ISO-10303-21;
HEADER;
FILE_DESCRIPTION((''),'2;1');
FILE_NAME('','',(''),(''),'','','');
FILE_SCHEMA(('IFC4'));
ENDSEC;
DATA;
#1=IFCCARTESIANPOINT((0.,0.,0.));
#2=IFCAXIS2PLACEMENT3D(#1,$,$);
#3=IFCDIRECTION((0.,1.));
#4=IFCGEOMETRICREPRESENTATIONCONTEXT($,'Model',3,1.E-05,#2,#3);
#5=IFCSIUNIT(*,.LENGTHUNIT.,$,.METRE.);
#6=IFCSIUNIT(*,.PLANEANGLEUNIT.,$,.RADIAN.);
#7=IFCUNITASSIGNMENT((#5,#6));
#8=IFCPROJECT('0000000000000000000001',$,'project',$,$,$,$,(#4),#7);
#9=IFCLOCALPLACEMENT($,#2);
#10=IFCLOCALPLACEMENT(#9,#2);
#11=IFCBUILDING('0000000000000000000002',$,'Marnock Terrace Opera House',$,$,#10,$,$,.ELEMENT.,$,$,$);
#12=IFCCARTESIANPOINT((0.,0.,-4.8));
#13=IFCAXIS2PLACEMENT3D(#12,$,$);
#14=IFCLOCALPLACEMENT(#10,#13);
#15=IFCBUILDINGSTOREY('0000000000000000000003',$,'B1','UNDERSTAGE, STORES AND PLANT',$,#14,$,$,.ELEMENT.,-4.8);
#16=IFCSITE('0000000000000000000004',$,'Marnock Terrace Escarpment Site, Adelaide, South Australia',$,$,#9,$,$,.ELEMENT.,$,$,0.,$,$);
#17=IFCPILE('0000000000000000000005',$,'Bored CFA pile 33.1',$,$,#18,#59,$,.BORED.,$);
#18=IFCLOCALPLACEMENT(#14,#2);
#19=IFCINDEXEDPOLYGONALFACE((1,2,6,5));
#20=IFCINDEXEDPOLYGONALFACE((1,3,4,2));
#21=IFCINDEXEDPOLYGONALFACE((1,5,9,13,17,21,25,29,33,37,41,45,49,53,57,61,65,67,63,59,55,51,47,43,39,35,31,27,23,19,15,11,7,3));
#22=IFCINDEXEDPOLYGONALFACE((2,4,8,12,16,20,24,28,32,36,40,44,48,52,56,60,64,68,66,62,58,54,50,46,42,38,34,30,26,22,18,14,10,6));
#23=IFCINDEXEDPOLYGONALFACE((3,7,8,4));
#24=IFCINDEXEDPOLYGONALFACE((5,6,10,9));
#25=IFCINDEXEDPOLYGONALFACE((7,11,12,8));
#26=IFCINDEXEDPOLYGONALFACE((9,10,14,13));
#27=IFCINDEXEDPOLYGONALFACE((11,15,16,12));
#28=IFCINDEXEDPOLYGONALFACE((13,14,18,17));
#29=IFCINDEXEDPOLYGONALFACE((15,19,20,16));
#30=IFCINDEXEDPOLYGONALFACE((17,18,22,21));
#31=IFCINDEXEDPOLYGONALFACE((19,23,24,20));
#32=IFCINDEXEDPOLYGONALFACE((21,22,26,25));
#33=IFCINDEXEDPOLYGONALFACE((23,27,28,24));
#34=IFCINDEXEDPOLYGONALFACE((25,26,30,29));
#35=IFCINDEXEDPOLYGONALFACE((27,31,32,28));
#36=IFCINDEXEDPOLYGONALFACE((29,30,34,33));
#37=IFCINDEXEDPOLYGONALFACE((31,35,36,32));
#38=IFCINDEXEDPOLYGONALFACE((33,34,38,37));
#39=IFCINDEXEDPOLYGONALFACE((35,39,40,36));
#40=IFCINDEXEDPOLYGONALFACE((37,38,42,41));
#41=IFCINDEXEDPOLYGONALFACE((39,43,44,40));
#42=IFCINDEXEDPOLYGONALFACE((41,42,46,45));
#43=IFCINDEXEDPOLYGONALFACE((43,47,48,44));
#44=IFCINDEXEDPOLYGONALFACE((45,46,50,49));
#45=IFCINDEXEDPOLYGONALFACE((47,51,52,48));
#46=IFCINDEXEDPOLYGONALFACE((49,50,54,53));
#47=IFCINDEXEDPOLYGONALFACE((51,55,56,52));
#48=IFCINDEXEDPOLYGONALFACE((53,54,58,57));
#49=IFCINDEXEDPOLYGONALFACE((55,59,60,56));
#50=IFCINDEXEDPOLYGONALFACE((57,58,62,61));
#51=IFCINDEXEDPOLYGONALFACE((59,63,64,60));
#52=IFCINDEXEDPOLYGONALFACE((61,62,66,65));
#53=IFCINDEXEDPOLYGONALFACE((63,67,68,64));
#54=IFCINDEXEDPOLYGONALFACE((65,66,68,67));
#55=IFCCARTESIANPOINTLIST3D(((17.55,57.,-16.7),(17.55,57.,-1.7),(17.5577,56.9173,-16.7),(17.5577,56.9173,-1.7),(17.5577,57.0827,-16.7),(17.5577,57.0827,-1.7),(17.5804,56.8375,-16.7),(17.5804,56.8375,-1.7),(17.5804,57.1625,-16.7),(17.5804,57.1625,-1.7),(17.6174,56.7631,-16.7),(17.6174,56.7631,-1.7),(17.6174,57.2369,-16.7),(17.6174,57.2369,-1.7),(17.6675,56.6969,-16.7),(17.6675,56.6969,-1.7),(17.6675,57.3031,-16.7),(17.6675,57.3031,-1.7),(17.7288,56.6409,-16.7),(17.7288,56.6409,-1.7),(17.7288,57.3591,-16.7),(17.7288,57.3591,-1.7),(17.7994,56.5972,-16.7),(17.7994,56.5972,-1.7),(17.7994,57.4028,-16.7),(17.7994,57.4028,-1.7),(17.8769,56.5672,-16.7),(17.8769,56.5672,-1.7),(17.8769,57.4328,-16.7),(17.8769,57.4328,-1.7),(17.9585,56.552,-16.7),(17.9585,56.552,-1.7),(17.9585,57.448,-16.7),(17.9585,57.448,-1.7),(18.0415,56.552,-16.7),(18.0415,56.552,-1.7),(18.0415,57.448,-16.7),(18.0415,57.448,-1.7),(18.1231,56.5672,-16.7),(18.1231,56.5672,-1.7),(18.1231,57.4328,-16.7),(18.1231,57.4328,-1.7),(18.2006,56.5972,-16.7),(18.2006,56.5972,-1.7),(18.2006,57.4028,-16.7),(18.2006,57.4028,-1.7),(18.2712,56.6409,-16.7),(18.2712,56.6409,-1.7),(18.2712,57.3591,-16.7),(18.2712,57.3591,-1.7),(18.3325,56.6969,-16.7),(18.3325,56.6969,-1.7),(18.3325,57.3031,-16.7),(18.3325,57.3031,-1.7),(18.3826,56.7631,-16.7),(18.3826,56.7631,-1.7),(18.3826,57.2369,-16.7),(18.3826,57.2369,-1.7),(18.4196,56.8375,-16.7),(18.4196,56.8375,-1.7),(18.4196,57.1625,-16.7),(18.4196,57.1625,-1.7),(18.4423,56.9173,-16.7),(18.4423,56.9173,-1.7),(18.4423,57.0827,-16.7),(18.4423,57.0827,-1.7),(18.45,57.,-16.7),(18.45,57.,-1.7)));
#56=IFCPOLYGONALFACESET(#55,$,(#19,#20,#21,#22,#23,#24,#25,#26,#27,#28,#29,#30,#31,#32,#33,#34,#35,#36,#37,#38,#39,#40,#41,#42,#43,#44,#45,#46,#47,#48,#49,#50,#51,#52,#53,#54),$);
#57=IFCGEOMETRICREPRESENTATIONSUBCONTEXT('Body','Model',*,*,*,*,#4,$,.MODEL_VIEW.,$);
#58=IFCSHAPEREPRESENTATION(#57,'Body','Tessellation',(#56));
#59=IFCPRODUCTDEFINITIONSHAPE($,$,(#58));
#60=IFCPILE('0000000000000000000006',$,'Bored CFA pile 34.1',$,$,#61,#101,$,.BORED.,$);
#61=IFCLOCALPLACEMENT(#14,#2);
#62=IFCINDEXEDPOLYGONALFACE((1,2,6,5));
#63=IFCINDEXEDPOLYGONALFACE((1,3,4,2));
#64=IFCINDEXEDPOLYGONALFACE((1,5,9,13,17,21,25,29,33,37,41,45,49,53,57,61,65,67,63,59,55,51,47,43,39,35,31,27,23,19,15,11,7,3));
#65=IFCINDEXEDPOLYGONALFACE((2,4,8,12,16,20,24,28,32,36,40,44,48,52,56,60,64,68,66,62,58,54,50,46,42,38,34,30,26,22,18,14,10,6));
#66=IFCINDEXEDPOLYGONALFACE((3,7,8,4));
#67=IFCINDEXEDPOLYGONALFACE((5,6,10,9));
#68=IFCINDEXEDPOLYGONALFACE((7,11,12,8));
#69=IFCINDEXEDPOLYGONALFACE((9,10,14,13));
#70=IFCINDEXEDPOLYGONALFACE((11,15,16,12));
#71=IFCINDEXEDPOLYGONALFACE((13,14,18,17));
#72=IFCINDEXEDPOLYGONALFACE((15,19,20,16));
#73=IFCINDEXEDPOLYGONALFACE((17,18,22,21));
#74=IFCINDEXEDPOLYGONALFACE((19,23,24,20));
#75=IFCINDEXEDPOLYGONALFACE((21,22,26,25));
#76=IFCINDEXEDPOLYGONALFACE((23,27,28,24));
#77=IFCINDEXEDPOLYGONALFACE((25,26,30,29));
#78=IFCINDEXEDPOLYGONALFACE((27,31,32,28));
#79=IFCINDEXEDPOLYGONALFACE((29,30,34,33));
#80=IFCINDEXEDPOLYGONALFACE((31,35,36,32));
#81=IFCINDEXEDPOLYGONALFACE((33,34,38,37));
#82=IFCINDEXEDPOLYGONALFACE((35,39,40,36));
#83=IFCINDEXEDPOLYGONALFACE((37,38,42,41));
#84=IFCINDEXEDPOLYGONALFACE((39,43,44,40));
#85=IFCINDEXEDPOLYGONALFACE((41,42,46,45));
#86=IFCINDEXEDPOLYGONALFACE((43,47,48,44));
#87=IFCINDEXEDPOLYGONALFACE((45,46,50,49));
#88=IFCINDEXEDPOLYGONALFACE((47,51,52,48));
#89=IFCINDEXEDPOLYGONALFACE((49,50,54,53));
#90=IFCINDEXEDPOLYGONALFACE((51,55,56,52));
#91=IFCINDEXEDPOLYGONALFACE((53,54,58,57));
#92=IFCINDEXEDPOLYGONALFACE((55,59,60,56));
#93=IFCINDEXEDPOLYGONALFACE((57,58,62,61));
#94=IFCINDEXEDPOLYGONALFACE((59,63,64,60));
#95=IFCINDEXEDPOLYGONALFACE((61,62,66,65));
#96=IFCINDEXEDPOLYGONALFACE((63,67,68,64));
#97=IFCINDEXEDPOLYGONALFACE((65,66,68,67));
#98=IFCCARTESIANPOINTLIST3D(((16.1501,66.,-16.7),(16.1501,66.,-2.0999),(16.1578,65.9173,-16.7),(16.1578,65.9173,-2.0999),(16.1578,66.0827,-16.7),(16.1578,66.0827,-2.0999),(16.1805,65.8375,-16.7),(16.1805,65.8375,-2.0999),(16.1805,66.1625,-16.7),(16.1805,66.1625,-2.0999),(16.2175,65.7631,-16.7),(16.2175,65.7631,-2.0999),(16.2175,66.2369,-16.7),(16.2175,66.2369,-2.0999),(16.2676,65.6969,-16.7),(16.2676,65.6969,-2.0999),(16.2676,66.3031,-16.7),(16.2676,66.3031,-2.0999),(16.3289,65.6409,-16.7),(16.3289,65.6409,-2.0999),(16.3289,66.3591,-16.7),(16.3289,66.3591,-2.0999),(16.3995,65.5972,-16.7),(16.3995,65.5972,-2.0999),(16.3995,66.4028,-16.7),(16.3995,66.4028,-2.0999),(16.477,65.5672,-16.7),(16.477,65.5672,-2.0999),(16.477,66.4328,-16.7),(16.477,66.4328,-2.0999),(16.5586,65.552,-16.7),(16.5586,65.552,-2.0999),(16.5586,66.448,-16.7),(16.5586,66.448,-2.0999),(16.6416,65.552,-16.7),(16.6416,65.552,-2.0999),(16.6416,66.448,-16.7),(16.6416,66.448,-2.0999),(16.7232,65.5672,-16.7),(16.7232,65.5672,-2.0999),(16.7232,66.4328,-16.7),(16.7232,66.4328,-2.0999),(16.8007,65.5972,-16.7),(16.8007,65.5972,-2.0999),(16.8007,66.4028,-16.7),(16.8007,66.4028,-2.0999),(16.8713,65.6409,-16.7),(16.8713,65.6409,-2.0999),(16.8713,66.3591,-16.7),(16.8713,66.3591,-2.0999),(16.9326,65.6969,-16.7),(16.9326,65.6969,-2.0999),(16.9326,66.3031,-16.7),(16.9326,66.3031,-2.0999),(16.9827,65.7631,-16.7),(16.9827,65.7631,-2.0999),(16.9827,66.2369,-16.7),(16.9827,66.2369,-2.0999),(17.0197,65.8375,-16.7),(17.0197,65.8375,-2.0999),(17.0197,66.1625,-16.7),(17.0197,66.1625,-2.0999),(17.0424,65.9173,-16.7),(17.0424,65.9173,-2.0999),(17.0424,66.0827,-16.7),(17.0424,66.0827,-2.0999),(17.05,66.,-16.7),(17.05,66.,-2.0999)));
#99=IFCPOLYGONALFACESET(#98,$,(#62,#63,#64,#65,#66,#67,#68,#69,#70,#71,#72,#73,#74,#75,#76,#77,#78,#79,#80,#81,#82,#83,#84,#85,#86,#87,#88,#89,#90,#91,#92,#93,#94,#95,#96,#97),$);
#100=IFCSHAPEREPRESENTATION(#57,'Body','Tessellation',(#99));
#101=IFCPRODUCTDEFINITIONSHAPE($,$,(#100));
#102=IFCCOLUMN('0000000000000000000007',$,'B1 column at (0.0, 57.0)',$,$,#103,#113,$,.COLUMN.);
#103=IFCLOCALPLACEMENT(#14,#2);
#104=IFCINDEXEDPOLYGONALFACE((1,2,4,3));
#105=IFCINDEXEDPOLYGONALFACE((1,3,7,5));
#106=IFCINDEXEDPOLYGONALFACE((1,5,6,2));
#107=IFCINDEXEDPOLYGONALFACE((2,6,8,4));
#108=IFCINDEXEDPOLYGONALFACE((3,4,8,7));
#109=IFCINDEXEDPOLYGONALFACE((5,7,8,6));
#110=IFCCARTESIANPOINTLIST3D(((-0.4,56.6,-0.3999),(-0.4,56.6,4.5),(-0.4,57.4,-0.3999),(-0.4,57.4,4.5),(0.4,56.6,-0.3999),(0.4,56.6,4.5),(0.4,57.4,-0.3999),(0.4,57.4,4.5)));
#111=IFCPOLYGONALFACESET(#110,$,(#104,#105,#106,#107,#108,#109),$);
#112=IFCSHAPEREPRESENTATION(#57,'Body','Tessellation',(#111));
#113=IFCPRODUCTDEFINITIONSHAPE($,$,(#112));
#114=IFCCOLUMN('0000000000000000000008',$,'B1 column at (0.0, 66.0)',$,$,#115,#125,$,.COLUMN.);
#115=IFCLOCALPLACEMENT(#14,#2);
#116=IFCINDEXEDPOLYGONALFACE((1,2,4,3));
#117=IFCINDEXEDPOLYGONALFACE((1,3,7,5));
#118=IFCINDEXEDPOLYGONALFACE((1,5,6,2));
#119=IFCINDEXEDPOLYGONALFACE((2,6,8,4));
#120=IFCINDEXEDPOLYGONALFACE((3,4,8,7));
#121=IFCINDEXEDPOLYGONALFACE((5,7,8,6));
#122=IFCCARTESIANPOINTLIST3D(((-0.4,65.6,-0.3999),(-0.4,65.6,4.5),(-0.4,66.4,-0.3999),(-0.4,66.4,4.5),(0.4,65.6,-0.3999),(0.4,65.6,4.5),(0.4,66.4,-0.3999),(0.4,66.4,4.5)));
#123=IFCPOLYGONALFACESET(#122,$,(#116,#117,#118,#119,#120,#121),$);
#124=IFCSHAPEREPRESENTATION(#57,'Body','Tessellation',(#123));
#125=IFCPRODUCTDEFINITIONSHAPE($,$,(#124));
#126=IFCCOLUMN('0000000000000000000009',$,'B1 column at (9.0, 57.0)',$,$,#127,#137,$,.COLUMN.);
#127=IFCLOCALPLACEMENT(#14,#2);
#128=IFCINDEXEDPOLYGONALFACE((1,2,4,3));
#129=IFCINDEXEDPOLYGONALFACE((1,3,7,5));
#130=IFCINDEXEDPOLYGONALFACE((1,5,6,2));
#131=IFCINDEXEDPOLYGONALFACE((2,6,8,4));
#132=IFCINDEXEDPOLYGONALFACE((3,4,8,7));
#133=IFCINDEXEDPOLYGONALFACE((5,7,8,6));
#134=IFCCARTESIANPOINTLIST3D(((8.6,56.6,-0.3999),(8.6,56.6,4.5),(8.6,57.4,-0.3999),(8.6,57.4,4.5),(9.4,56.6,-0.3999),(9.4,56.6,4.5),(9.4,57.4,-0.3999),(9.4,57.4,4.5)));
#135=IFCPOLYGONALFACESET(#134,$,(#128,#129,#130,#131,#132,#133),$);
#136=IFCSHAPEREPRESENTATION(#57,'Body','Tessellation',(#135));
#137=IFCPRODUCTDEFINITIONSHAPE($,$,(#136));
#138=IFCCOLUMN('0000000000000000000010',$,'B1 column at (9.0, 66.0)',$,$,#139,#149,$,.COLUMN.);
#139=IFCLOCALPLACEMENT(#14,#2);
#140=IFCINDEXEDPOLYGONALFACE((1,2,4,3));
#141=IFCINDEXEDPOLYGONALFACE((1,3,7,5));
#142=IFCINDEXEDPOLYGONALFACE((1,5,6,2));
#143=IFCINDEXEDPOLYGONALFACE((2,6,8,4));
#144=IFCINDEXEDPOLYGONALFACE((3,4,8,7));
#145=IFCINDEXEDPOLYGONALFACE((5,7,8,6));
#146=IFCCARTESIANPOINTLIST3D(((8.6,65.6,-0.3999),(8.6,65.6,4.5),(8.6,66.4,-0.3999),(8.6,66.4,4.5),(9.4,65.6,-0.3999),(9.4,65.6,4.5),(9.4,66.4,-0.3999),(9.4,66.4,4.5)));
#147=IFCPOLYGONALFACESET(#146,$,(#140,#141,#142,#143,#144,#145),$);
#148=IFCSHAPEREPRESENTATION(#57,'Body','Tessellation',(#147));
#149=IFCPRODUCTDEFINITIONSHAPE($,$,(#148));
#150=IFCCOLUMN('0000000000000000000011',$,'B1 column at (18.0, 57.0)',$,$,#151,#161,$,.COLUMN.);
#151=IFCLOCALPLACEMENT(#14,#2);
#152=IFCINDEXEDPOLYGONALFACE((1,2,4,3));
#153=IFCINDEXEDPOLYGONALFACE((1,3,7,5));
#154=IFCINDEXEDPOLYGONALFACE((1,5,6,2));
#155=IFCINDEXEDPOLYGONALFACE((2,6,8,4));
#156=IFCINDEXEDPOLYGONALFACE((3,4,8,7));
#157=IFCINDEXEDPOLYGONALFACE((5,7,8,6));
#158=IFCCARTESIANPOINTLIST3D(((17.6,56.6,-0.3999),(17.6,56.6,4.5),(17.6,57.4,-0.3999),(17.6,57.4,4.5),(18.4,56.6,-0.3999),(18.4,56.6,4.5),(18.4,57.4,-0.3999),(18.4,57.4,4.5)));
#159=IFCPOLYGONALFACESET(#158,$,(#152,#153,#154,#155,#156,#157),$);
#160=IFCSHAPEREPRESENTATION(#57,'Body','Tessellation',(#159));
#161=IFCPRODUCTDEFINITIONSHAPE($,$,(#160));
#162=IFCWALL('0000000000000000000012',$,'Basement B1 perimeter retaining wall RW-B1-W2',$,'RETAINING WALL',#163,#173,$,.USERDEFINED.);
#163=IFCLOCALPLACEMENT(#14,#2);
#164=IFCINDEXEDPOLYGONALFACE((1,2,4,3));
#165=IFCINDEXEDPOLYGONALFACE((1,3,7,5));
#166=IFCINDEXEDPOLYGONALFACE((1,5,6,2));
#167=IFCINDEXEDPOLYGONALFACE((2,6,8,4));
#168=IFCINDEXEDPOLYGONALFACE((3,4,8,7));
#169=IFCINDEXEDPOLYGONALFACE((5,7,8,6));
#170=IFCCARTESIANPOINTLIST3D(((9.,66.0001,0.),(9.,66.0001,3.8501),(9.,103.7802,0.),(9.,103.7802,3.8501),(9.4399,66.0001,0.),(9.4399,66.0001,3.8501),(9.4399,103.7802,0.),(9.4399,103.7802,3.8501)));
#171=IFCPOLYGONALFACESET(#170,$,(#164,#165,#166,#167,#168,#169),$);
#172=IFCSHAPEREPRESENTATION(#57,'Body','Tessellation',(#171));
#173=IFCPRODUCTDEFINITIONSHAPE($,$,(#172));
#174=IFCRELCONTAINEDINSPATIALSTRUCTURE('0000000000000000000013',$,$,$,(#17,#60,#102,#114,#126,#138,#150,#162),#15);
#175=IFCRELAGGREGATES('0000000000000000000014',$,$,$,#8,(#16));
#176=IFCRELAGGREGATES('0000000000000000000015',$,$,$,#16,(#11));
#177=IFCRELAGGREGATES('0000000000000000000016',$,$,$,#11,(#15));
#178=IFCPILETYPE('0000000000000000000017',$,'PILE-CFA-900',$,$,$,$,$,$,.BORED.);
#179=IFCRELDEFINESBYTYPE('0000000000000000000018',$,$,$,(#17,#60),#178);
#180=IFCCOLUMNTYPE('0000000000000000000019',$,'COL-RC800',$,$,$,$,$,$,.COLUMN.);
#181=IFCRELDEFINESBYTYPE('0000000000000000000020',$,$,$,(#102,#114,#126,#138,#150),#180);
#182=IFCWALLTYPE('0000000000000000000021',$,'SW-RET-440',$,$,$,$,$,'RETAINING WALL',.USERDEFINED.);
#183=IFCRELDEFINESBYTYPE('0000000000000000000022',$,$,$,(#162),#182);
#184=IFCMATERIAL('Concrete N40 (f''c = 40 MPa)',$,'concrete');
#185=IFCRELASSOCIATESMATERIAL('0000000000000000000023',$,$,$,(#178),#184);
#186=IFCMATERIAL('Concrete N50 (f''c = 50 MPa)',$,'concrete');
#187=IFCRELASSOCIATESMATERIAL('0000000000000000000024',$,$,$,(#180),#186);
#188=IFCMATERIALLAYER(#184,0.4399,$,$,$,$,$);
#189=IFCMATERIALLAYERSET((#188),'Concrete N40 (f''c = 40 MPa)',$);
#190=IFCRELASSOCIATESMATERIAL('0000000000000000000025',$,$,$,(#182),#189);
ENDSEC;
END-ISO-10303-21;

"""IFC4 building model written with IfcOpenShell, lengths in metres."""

from ifc_helpers import new_model, si_unit, direction, frame, frame_2d, origin, origin_2d, place, context, subcontext, project, spatial, rectangle, circle, extrude, material, layer, layer_set, material_profile, profile_set, type_object, element, save


model = new_model("IFC4")

# Units and contexts
model_context = context("Model", 3, precision=1e-05, world=origin(), true_north=direction((0.0, 1.0)))
body_context = subcontext(model_context, "Body", "Model", "MODEL_VIEW")
ifc_project = project(units=[si_unit("LENGTHUNIT", "METRE"), si_unit("PLANEANGLEUNIT", "RADIAN")], contexts=[model_context])

# Site, building, storey
site_placement = place(None, origin())
site = spatial("IfcSite", under=ifc_project, at=site_placement, Name="Marnock Terrace Escarpment Site, Adelaide, South Australia", CompositionType="ELEMENT", RefElevation=0.0)
building_placement = place(site_placement, origin())
building = spatial("IfcBuilding", under=site, at=building_placement, Name="Marnock Terrace Opera House", CompositionType="ELEMENT")
storey_placement = place(building_placement, frame((0.0, 0.0, -4.8)))
storey = spatial("IfcBuildingStorey", under=building, at=storey_placement, Name="B1", Description="UNDERSTAGE, STORES AND PLANT", CompositionType="ELEMENT", Elevation=-4.8)

# Shared definitions
ifc_material_1 = material(Name="Concrete N40 (f'c = 40 MPa)", Category="concrete")

# Piles
ifc_material_profile_1 = material_profile(ifc_material_1, circle(Radius=0.45, at=origin_2d()))
ifc_profile_set_1 = profile_set([ifc_material_profile_1], Name="Concrete N40 (f'c = 40 MPa)")
pile_type = type_object("IfcPileType", Name="PILE-CFA-900", PredefinedType="BORED", material=ifc_profile_set_1)
for number, where, z_axis, x_axis, name in (
    (1, (18.0, 57.0, -1.7), (0.0, 0.0, -1.0), (1.0, 0.0, 0.0), "Bored CFA pile 33.1"),
):
    element("IfcPile", number, at=place(storey_placement, frame(where, z_axis=z_axis, x_axis=x_axis)), inside=storey, type_object=pile_type, Name=name, PredefinedType="BORED", context=body_context, shape_type="SweptSolid", body=[
        extrude(circle(Radius=0.45, at=origin_2d()), origin(), (0.0, 0.0, 1.0), 15.0),
    ])
pile_1_placement = place(storey_placement, frame((16.6001, 66.0, -2.0999), z_axis=(0.0, 0.0, -1.0), x_axis=(1.0, 0.0, 0.0)))
element("IfcPile", 2, at=pile_1_placement, inside=storey, type_object=pile_type, Name="Bored CFA pile 34.1", PredefinedType="BORED", context=body_context, shape_type="SweptSolid", body=[
    extrude(circle(Radius=0.45, at=origin_2d()), origin(), (0.0, 0.0, 1.0), 14.6001),
])

# Columns
ifc_material_2 = material(Name="Concrete N50 (f'c = 50 MPa)", Category="concrete")
ifc_material_profile_2 = material_profile(ifc_material_2, rectangle(XDim=0.8, YDim=0.8, at=origin_2d()))
ifc_profile_set_2 = profile_set([ifc_material_profile_2], Name="Concrete N50 (f'c = 50 MPa)")
column_type = type_object("IfcColumnType", Name="COL-RC800", PredefinedType="COLUMN", material=ifc_profile_set_2)
for number, where, z_axis, x_axis, name in (
    (3, (0.0, 57.0, -0.3999), (0.0, 0.0, 1.0), (1.0, 0.0, 0.0), "B1 column at (0.0, 57.0)"),
    (4, (0.0, 66.0, -0.3999), (0.0, 0.0, 1.0), (1.0, 0.0, 0.0), "B1 column at (0.0, 66.0)"),
    (5, (9.0, 57.0, -0.3999), (0.0, 0.0, 1.0), (1.0, 0.0, 0.0), "B1 column at (9.0, 57.0)"),
    (6, (9.0, 66.0, -0.3999), (0.0, 0.0, 1.0), (1.0, 0.0, 0.0), "B1 column at (9.0, 66.0)"),
    (7, (18.0, 57.0, -0.3999), (0.0, 0.0, 1.0), (1.0, 0.0, 0.0), "B1 column at (18.0, 57.0)"),
):
    element("IfcColumn", number, at=place(storey_placement, frame(where, z_axis=z_axis, x_axis=x_axis)), inside=storey, type_object=column_type, Name=name, PredefinedType="COLUMN", context=body_context, shape_type="SweptSolid", body=[
        extrude(rectangle(XDim=0.8, YDim=0.8, at=origin_2d()), origin(), (0.0, 0.0, 1.0), 4.8999),
    ])

# Wall
ifc_layer_1 = layer(ifc_material_1, 0.4399)
ifc_layer_set_1 = layer_set([ifc_layer_1], Name="Concrete N40 (f'c = 40 MPa)")
wall_type = type_object("IfcWallType", Name="SW-RET-440", ElementType="RETAINING WALL", PredefinedType="USERDEFINED", material=ifc_layer_set_1)
wall_placement = place(storey_placement, frame((9.22, 66.0, 0.0), z_axis=(0.0, 0.0, 1.0), x_axis=(0.0, 1.0, 0.0)))
element("IfcWall", 8, at=wall_placement, inside=storey, type_object=wall_type, Name="Basement B1 perimeter retaining wall RW-B1-W2", ObjectType="RETAINING WALL", PredefinedType="USERDEFINED", context=body_context, shape_type="SweptSolid", body=[
    extrude(rectangle(XDim=37.78, YDim=0.4399, at=frame_2d((18.8901, 0.0))), origin(), (0.0, 0.0, 1.0), 3.8501),
])

save(model, "model.ifc")
